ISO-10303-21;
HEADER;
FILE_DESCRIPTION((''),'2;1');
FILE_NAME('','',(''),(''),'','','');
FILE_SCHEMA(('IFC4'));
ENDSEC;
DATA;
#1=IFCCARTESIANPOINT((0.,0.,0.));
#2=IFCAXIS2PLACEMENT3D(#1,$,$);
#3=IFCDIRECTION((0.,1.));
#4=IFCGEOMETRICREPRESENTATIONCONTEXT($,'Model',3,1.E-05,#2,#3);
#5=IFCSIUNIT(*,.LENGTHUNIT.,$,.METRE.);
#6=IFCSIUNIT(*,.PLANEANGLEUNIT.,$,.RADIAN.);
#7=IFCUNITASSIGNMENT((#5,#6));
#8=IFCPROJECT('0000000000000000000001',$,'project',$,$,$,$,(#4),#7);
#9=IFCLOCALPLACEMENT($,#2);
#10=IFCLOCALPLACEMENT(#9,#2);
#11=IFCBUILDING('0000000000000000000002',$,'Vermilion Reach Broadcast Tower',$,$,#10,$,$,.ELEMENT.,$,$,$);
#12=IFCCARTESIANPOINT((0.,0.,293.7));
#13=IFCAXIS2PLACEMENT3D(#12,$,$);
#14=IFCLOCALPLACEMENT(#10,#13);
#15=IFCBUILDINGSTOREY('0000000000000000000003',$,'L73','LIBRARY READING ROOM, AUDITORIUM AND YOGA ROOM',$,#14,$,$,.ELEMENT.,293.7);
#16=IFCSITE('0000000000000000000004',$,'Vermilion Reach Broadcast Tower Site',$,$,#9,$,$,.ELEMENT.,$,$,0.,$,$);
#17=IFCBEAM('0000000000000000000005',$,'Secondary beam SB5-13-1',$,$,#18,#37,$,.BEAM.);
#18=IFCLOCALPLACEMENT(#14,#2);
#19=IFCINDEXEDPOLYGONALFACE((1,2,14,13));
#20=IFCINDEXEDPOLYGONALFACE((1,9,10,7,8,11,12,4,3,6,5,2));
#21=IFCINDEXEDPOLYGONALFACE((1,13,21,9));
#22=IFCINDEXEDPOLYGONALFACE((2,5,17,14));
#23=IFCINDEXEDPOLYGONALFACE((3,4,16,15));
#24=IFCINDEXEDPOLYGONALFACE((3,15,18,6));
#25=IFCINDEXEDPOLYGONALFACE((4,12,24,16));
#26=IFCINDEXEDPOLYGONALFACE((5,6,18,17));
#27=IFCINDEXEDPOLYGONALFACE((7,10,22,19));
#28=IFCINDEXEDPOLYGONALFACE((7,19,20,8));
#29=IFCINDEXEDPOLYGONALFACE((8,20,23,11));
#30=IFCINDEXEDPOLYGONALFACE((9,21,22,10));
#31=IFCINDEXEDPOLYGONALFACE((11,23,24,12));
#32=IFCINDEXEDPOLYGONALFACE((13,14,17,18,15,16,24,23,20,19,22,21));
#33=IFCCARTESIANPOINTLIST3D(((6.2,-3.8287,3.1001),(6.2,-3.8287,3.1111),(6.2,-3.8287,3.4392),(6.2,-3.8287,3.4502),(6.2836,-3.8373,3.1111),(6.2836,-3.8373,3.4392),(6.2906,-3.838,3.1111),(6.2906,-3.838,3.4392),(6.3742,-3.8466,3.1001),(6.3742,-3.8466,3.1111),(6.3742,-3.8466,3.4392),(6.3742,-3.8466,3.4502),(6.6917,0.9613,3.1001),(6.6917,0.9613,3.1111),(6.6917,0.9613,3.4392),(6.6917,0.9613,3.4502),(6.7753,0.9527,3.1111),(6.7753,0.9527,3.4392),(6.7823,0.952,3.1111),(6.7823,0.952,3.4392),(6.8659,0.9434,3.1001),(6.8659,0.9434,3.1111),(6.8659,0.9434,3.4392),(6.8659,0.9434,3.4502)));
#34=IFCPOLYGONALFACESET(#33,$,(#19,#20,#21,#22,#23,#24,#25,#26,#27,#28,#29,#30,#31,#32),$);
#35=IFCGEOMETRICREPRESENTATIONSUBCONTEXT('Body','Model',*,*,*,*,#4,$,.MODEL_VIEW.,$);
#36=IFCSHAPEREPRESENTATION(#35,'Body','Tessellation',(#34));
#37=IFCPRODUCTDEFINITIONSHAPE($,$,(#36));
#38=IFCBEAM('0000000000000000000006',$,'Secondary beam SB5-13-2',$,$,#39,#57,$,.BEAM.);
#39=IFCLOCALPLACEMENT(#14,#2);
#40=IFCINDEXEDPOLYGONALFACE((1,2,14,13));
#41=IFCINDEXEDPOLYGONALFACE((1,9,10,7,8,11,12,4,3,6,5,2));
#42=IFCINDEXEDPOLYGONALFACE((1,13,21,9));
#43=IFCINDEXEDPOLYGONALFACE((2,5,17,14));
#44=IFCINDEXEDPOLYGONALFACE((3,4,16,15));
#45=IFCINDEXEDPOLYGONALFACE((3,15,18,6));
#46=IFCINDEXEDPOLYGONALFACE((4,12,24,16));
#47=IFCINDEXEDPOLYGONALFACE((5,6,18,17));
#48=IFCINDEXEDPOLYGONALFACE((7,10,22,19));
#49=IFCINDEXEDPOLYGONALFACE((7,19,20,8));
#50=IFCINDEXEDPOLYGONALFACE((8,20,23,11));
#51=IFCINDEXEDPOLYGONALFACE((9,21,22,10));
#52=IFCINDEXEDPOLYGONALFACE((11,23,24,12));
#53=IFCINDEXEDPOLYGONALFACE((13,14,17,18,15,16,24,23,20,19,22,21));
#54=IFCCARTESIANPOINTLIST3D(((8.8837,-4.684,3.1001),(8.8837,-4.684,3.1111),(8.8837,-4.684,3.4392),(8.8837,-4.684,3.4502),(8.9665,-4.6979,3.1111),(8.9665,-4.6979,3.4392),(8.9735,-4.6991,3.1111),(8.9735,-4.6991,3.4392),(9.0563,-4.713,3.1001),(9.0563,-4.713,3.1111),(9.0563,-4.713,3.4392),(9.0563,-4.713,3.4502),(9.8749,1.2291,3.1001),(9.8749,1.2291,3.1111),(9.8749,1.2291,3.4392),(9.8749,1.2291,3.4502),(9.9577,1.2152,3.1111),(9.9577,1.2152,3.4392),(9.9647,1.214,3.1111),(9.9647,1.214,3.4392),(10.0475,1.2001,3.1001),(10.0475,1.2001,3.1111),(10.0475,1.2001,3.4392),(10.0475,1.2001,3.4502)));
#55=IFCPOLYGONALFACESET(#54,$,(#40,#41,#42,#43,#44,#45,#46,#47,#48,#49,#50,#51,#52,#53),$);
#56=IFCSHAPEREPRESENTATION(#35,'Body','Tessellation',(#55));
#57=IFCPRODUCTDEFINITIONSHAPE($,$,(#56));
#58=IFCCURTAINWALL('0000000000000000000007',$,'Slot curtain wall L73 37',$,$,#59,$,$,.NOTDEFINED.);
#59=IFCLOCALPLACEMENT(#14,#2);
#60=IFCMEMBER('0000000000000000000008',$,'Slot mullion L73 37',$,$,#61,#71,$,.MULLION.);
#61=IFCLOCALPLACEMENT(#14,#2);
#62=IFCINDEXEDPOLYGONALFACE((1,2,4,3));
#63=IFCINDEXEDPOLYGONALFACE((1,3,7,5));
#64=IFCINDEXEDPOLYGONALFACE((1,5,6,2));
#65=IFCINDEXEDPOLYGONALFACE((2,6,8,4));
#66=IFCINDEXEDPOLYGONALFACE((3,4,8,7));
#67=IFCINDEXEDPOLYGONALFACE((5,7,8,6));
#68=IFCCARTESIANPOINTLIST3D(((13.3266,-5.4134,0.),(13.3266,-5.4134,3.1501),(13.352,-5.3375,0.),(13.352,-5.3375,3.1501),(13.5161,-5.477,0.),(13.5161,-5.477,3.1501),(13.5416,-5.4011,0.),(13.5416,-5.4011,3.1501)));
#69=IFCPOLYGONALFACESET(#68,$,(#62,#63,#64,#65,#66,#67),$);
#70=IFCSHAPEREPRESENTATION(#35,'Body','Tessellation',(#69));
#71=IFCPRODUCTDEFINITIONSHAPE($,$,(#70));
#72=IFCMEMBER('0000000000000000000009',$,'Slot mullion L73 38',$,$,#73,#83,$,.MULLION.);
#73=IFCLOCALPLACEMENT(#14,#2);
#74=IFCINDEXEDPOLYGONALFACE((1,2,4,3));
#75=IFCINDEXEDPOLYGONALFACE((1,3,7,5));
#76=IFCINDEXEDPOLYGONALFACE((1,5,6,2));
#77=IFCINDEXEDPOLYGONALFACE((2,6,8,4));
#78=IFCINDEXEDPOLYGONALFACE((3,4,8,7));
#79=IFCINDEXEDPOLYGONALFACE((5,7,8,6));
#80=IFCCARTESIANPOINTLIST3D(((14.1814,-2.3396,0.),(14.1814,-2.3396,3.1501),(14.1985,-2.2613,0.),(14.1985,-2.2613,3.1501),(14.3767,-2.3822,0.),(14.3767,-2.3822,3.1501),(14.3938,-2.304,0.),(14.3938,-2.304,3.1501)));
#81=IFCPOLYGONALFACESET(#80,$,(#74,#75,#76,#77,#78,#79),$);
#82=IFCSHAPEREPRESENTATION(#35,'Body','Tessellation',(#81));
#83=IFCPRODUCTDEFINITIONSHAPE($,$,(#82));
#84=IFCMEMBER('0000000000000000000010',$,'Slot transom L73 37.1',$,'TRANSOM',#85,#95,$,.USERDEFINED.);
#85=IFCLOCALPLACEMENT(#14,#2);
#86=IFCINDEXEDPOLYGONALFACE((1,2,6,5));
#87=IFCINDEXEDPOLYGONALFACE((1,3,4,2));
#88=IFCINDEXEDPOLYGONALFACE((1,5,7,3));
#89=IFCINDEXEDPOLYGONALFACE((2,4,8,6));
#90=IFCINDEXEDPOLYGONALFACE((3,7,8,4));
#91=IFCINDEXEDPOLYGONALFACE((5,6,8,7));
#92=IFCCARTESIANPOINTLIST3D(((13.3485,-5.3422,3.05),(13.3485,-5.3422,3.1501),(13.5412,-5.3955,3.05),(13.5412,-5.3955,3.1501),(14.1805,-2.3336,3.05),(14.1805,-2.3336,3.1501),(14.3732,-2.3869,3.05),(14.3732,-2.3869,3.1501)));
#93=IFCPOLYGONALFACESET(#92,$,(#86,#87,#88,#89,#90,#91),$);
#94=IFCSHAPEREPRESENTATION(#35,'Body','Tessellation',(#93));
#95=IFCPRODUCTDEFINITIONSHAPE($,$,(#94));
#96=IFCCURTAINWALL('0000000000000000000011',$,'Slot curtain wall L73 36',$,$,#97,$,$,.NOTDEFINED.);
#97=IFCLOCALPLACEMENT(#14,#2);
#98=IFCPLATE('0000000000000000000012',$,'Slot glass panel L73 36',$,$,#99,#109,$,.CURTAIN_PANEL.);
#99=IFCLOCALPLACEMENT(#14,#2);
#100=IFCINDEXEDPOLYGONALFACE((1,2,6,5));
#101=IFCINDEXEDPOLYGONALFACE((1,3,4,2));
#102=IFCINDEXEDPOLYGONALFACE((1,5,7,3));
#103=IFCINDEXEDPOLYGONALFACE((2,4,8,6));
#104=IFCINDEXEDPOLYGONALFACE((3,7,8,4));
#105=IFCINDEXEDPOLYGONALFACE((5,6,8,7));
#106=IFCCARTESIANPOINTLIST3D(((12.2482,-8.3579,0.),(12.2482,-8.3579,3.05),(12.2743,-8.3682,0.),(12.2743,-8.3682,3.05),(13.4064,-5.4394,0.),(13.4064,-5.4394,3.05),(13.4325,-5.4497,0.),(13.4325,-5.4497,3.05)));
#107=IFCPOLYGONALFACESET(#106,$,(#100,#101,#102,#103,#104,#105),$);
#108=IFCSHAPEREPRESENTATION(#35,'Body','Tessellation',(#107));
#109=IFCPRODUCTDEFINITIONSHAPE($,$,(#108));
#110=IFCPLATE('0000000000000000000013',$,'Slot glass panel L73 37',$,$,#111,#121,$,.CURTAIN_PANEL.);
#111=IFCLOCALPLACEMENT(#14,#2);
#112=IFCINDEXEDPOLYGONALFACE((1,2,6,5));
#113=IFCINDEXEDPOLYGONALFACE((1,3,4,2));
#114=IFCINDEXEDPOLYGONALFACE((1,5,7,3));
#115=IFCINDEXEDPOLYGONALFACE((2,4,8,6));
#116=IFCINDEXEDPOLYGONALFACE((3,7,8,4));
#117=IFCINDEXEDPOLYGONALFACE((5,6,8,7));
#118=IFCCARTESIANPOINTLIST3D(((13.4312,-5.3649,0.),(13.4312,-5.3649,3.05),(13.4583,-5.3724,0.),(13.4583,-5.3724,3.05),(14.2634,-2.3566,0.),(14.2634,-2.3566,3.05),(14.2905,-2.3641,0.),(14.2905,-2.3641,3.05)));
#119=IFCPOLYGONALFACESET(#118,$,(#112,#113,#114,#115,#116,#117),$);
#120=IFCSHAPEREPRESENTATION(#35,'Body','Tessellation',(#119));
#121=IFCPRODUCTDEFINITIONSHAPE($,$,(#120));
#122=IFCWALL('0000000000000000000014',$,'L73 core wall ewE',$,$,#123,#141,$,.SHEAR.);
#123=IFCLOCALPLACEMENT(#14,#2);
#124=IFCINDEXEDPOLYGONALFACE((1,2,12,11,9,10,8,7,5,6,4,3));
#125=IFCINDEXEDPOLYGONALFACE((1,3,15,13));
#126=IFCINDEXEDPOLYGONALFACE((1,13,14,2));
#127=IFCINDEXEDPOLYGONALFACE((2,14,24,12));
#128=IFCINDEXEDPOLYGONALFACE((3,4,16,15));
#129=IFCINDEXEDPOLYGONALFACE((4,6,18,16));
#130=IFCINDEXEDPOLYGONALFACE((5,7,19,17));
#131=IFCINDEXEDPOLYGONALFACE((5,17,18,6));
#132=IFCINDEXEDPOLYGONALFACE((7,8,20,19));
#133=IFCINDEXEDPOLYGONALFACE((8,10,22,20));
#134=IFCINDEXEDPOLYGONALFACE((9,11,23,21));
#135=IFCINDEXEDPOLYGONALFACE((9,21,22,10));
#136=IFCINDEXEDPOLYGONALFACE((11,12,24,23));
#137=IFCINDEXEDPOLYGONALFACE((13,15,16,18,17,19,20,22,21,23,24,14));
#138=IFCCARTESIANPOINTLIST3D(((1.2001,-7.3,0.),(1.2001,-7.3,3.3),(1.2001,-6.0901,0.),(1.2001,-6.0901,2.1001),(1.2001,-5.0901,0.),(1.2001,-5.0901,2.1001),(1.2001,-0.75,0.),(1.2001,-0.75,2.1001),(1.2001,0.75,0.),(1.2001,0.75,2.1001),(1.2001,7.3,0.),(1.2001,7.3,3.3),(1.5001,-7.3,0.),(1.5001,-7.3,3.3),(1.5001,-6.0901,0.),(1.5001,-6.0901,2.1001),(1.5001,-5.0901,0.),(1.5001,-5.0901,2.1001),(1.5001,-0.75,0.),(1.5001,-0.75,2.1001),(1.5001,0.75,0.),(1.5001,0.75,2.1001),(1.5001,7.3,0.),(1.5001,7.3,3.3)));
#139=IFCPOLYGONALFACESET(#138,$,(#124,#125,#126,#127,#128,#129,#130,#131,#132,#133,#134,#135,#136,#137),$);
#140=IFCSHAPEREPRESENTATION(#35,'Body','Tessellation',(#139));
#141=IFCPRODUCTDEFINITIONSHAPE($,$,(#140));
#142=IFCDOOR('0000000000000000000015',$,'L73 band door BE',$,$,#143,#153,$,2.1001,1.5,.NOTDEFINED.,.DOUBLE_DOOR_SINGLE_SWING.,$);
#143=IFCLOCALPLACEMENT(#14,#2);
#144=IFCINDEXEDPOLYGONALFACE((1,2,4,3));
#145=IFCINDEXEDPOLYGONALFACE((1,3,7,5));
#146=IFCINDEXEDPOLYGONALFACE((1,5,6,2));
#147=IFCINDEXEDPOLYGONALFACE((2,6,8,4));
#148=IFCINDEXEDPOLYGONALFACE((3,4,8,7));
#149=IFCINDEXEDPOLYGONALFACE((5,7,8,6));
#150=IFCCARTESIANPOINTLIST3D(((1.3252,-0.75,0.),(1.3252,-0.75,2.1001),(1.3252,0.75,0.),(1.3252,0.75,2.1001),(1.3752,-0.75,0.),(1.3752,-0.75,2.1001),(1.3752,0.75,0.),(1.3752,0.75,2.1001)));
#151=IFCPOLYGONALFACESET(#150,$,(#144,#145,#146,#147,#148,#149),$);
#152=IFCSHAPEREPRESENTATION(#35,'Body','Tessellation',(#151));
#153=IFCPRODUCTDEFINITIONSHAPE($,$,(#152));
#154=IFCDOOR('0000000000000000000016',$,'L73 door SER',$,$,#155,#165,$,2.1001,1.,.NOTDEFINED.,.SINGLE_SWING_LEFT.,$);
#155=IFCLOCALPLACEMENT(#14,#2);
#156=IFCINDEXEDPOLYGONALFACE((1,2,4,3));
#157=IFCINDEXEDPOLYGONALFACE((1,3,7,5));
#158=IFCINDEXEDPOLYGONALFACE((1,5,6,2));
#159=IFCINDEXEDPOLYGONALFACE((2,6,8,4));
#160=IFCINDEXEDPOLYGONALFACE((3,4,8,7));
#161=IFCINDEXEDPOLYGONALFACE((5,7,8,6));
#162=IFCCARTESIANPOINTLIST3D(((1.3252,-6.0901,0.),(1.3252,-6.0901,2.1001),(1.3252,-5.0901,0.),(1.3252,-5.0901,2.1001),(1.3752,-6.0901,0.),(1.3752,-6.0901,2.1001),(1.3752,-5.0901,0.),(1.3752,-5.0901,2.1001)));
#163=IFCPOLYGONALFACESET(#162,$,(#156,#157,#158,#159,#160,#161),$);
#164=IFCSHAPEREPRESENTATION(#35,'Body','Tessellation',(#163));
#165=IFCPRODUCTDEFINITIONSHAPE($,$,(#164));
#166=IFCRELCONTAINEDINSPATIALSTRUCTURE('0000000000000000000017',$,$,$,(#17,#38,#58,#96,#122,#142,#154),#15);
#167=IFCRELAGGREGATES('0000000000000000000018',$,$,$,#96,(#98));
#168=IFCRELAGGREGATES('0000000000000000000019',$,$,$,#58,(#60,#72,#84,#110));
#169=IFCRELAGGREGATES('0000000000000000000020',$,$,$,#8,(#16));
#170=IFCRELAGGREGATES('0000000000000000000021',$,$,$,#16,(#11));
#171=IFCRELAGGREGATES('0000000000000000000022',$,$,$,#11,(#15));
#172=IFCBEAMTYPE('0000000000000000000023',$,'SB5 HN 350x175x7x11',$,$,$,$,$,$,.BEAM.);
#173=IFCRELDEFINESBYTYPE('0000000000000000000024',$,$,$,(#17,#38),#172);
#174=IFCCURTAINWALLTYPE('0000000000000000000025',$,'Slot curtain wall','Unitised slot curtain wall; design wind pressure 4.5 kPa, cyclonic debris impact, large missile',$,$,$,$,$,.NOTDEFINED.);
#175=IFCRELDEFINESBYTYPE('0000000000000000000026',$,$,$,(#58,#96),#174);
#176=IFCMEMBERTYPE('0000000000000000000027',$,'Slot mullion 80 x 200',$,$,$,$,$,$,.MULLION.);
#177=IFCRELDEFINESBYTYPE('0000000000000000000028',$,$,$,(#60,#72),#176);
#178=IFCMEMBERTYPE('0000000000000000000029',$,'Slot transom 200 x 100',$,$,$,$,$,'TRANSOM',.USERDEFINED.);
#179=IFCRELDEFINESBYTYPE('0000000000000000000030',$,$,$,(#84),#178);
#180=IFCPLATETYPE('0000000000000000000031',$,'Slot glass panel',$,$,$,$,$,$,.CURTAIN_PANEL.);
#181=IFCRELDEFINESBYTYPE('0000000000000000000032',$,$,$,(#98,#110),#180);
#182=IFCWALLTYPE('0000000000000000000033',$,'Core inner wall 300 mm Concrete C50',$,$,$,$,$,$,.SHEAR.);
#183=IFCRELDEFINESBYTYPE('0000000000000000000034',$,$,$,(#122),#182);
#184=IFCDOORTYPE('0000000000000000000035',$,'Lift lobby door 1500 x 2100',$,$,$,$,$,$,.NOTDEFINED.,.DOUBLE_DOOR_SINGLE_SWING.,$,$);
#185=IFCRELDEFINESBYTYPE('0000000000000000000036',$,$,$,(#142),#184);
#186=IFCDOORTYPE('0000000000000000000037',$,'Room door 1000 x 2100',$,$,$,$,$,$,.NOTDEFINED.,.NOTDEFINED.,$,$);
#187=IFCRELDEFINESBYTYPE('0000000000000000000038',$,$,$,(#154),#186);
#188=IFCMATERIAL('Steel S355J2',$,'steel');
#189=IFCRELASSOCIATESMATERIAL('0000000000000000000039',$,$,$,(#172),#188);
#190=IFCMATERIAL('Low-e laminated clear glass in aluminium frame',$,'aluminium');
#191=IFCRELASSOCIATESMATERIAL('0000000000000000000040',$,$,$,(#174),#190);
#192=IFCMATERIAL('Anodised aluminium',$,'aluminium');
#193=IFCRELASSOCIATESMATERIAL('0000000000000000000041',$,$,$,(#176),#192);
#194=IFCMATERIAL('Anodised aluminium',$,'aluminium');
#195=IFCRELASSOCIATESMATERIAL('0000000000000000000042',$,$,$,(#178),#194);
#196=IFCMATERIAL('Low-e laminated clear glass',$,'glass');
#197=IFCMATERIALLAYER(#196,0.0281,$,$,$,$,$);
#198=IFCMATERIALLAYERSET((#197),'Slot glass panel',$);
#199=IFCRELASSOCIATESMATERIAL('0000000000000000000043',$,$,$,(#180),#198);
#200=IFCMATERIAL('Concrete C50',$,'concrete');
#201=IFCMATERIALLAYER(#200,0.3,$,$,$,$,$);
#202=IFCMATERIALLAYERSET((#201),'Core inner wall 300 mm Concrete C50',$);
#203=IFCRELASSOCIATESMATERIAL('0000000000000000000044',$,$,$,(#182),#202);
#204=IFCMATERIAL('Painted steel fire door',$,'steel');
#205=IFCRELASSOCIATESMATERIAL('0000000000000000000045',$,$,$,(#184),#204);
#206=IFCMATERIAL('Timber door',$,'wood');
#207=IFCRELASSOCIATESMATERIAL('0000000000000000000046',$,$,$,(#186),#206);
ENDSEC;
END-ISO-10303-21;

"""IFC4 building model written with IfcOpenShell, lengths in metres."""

from ifc_helpers import new_model, si_unit, direction, frame, frame_2d, origin, origin_2d, place, context, subcontext, project, spatial, rectangle, i_section, extrude, material, layer, layer_set, material_profile, profile_set, type_object, element, fill, aggregate, save


model = new_model("IFC4")

# Units and contexts
model_context = context("Model", 3, precision=1e-05, world=origin(), true_north=direction((0.0, 1.0)))
body_context = subcontext(model_context, "Body", "Model", "MODEL_VIEW")
ifc_project = project(units=[si_unit("LENGTHUNIT", "METRE"), si_unit("PLANEANGLEUNIT", "RADIAN")], contexts=[model_context])

# Site, building, storey
site_placement = place(None, origin())
site = spatial("IfcSite", under=ifc_project, at=site_placement, Name="Vermilion Reach Broadcast Tower Site", CompositionType="ELEMENT", RefElevation=0.0)
building_placement = place(site_placement, origin())
building = spatial("IfcBuilding", under=site, at=building_placement, Name="Vermilion Reach Broadcast Tower", CompositionType="ELEMENT")
storey_placement = place(building_placement, frame((0.0, 0.0, 293.7)))
storey = spatial("IfcBuildingStorey", under=building, at=storey_placement, Name="L73", Description="LIBRARY READING ROOM, AUDITORIUM AND YOGA ROOM", CompositionType="ELEMENT", Elevation=293.7)

# Beams
ifc_material_1 = material(Name="Steel S355J2", Category="steel")
ifc_material_profile_1 = material_profile(ifc_material_1, i_section(OverallWidth=0.175, OverallDepth=0.3501, WebThickness=0.0071, FlangeThickness=0.011, at=origin_2d()), Name="S355J2 HN 350x175x7x11")
ifc_profile_set_1 = profile_set([ifc_material_profile_1], Name="Steel S355J2")
beam_type_1 = type_object("IfcBeamType", Name="SB5 HN 350x175x7x11", PredefinedType="BEAM", material=ifc_profile_set_1)
beam_1_placement = place(storey_placement, frame((6.2871, -3.8376, 3.2751), z_axis=(0.102114, 0.994773, 0.0), x_axis=(-0.994773, 0.102114, 0.0)))
element("IfcBeam", 1, at=beam_1_placement, inside=storey, type_object=beam_type_1, Name="Secondary beam SB5-13-1", PredefinedType="BEAM", context=body_context, shape_type="SweptSolid", body=[
    extrude(i_section(OverallWidth=0.175, OverallDepth=0.3501, WebThickness=0.0071, FlangeThickness=0.011, at=origin_2d()), origin(), (0.0, 0.0, 1.0), 4.8152),
])
beam_2_placement = place(storey_placement, frame((8.97, -4.6985, 3.2751), z_axis=(0.165323, 0.986239, 0.0), x_axis=(-0.986239, 0.165323, 0.0)))
element("IfcBeam", 2, at=beam_2_placement, inside=storey, type_object=beam_type_1, Name="Secondary beam SB5-13-2", PredefinedType="BEAM", context=body_context, shape_type="SweptSolid", body=[
    extrude(i_section(OverallWidth=0.175, OverallDepth=0.3501, WebThickness=0.0071, FlangeThickness=0.011, at=origin_2d()), origin(), (0.0, 0.0, 1.0), 5.9956),
])

# Curtain wall, members
ifc_material_2 = material(Name="Low-e laminated clear glass in aluminium frame", Category="aluminium")
curtain_wall_type = type_object("IfcCurtainWallType", Name="Slot curtain wall", Description="Unitised slot curtain wall; design wind pressure 4.5 kPa, cyclonic debris impact, large missile", PredefinedType="NOTDEFINED", material=ifc_material_2)
placement = place(storey_placement, origin())
curtain_wall_1 = element("IfcCurtainWall", 3, at=placement, inside=storey, type_object=curtain_wall_type, Name="Slot curtain wall L73 37", PredefinedType="NOTDEFINED")
ifc_material_3 = material(Name="Anodised aluminium", Category="aluminium")
ifc_material_profile_2 = material_profile(ifc_material_3, rectangle(XDim=0.2, YDim=0.0801, at=origin_2d()), Name="Slot mullion 80 x 200")
ifc_profile_set_2 = profile_set([ifc_material_profile_2], Name="Anodised aluminium")
member_type_1 = type_object("IfcMemberType", Name="Slot mullion 80 x 200", PredefinedType="MULLION", material=ifc_profile_set_2)
member_1_placement = place(storey_placement, frame((13.4341, -5.4072, 0.0), z_axis=(0.0, 0.0, 1.0), x_axis=(-0.948024, 0.3182, 0.0)))
member_1 = element("IfcMember", 4, at=member_1_placement, type_object=member_type_1, Name="Slot mullion L73 37", PredefinedType="MULLION", context=body_context, shape_type="SweptSolid", body=[
    extrude(rectangle(XDim=0.2, YDim=0.0801, at=origin_2d()), origin(), (0.0, 0.0, 1.0), 3.1501),
])
member_2_placement = place(storey_placement, frame((14.2876, -2.3218, 0.0), z_axis=(0.0, 0.0, 1.0), x_axis=(-0.976975, 0.213355, 0.0)))
member_2 = element("IfcMember", 5, at=member_2_placement, type_object=member_type_1, Name="Slot mullion L73 38", PredefinedType="MULLION", context=body_context, shape_type="SweptSolid", body=[
    extrude(rectangle(XDim=0.2, YDim=0.0801, at=origin_2d()), origin(), (0.0, 0.0, 1.0), 3.1501),
])
ifc_material_4 = material(Name="Anodised aluminium", Category="aluminium")
ifc_material_profile_3 = material_profile(ifc_material_4, rectangle(XDim=0.2, YDim=0.1001, at=origin_2d()), Name="Slot transom 200 x 100")
ifc_profile_set_3 = profile_set([ifc_material_profile_3], Name="Anodised aluminium")
member_type_2 = type_object("IfcMemberType", Name="Slot transom 200 x 100", ElementType="TRANSOM", PredefinedType="USERDEFINED", material=ifc_profile_set_3)
member_3_placement = place(storey_placement, frame((13.4448, -5.3689, 3.1001), z_axis=(0.26655, 0.963821, 0.0), x_axis=(-0.963821, 0.26655, 0.0)))
member_3 = element("IfcMember", 6, at=member_3_placement, type_object=member_type_2, Name="Slot transom L73 37.1", ObjectType="TRANSOM", PredefinedType="USERDEFINED", context=body_context, shape_type="SweptSolid", body=[
    extrude(rectangle(XDim=0.2, YDim=0.1001, at=origin_2d()), origin(), (0.0, 0.0, 1.0), 3.1216),
])

# Curtain wall, plate
curtain_wall_2 = element("IfcCurtainWall", 7, at=placement, inside=storey, type_object=curtain_wall_type, Name="Slot curtain wall L73 36", PredefinedType="NOTDEFINED")
ifc_material_5 = material(Name="Low-e laminated clear glass", Category="glass")
ifc_layer_1 = layer(ifc_material_5, 0.0281)
ifc_layer_set_1 = layer_set([ifc_layer_1], Name="Slot glass panel")
plate_type = type_object("IfcPlateType", Name="Slot glass panel", PredefinedType="CURTAIN_PANEL", material=ifc_layer_set_1)
plate_1_placement = place(storey_placement, frame((12.8403, -6.9038, 0.0), z_axis=(0.0, 0.0, 1.0), x_axis=(0.368866, 0.929483, 0.0)))
plate_1 = element("IfcPlate", 8, at=plate_1_placement, type_object=plate_type, Name="Slot glass panel L73 36", PredefinedType="CURTAIN_PANEL", context=body_context, shape_type="SweptSolid", body=[
    extrude(rectangle(XDim=3.1399, YDim=0.0281, at=origin_2d()), origin(), (0.0, 0.0, 1.0), 3.05),
])
aggregate(curtain_wall_2, [plate_1])

# Plate
plate_2_placement = place(storey_placement, frame((13.8608, -3.8645, 0.0), z_axis=(0.0, 0.0, 1.0), x_axis=(0.266607, 0.963805, 0.0)))
plate_2 = element("IfcPlate", 9, at=plate_2_placement, type_object=plate_type, Name="Slot glass panel L73 37", PredefinedType="CURTAIN_PANEL", context=body_context, shape_type="SweptSolid", body=[
    extrude(rectangle(XDim=3.1213, YDim=0.0281, at=origin_2d()), origin(), (0.0, 0.0, 1.0), 3.05),
])
aggregate(curtain_wall_1, [member_1, member_2, member_3, plate_2])

# Wall, openings, doors
ifc_material_6 = material(Name="Concrete C50", Category="concrete")
ifc_layer_2 = layer(ifc_material_6, 0.3)
ifc_layer_set_2 = layer_set([ifc_layer_2], Name="Core inner wall 300 mm Concrete C50")
wall_type_1 = type_object("IfcWallType", Name="Core inner wall 300 mm Concrete C50", PredefinedType="SHEAR", material=ifc_layer_set_2)
wall_1_placement = place(storey_placement, frame((1.3501, -7.3, 0.0), z_axis=(0.0, 0.0, 1.0), x_axis=(0.0, 1.0, 0.0)))
wall_1 = element("IfcWall", 10, at=wall_1_placement, inside=storey, type_object=wall_type_1, Name="L73 core wall ewE", PredefinedType="SHEAR", context=body_context, shape_type="SweptSolid", body=[
    extrude(rectangle(XDim=14.6001, YDim=0.3, at=frame_2d((7.3, 0.0))), origin(), (0.0, 0.0, 1.0), 3.3),
])
opening_1_placement = place(wall_1_placement, frame((1.21, 0.0, 0.0)))
opening_1 = element("IfcOpeningElement", 11, at=opening_1_placement, cuts=wall_1, PredefinedType="OPENING", context=body_context, shape_type="SweptSolid", body=[
    extrude(rectangle(XDim=1.0, YDim=2.1001, at=frame_2d((0.5, 1.05))), frame((0.0, 0.1599, 0.0), z_axis=(0.0, -1.0, 0.0), x_axis=(1.0, 0.0, 0.0)), (0.0, 0.0, 1.0), 0.3201),
])
opening_2_placement = place(wall_1_placement, frame((6.55, 0.0, 0.0)))
opening_2 = element("IfcOpeningElement", 12, at=opening_2_placement, cuts=wall_1, PredefinedType="OPENING", context=body_context, shape_type="SweptSolid", body=[
    extrude(rectangle(XDim=1.5, YDim=2.1001, at=frame_2d((0.75, 1.05))), frame((0.0, 0.1599, 0.0), z_axis=(0.0, -1.0, 0.0), x_axis=(1.0, 0.0, 0.0)), (0.0, 0.0, 1.0), 0.3201),
])
ifc_material_7 = material(Name="Painted steel fire door", Category="steel")
door_type_1 = type_object("IfcDoorType", Name="Lift lobby door 1500 x 2100", OperationType="DOUBLE_DOOR_SINGLE_SWING", PredefinedType="NOTDEFINED", material=ifc_material_7)
door_1_placement = place(opening_2_placement, origin())
door_1 = element("IfcDoor", 13, at=door_1_placement, inside=storey, type_object=door_type_1, Name="L73 band door BE", OperationType="DOUBLE_DOOR_SINGLE_SWING", OverallHeight=2.1001, OverallWidth=1.5, PredefinedType="NOTDEFINED", context=body_context, shape_type="SweptSolid", body=[
    extrude(rectangle(XDim=1.5, YDim=2.1001, at=frame_2d((0.75, 1.05))), frame((0.0, 0.0249, 0.0), z_axis=(0.0, -1.0, 0.0), x_axis=(1.0, 0.0, 0.0)), (0.0, 0.0, 1.0), 0.05),
])
fill(opening_2, door_1)
ifc_material_8 = material(Name="Timber door", Category="wood")
door_type_2 = type_object("IfcDoorType", Name="Room door 1000 x 2100", OperationType="NOTDEFINED", PredefinedType="NOTDEFINED", material=ifc_material_8)
door_2_placement = place(opening_1_placement, origin())
door_2 = element("IfcDoor", 14, at=door_2_placement, inside=storey, type_object=door_type_2, Name="L73 door SER", OperationType="SINGLE_SWING_LEFT", OverallHeight=2.1001, OverallWidth=1.0, PredefinedType="NOTDEFINED", context=body_context, shape_type="SweptSolid", body=[
    extrude(rectangle(XDim=1.0, YDim=2.1001, at=frame_2d((0.5, 1.05))), frame((0.0, 0.0249, 0.0), z_axis=(0.0, -1.0, 0.0), x_axis=(1.0, 0.0, 0.0)), (0.0, 0.0, 1.0), 0.05),
])
fill(opening_1, door_2)

save(model, "model.ifc")
